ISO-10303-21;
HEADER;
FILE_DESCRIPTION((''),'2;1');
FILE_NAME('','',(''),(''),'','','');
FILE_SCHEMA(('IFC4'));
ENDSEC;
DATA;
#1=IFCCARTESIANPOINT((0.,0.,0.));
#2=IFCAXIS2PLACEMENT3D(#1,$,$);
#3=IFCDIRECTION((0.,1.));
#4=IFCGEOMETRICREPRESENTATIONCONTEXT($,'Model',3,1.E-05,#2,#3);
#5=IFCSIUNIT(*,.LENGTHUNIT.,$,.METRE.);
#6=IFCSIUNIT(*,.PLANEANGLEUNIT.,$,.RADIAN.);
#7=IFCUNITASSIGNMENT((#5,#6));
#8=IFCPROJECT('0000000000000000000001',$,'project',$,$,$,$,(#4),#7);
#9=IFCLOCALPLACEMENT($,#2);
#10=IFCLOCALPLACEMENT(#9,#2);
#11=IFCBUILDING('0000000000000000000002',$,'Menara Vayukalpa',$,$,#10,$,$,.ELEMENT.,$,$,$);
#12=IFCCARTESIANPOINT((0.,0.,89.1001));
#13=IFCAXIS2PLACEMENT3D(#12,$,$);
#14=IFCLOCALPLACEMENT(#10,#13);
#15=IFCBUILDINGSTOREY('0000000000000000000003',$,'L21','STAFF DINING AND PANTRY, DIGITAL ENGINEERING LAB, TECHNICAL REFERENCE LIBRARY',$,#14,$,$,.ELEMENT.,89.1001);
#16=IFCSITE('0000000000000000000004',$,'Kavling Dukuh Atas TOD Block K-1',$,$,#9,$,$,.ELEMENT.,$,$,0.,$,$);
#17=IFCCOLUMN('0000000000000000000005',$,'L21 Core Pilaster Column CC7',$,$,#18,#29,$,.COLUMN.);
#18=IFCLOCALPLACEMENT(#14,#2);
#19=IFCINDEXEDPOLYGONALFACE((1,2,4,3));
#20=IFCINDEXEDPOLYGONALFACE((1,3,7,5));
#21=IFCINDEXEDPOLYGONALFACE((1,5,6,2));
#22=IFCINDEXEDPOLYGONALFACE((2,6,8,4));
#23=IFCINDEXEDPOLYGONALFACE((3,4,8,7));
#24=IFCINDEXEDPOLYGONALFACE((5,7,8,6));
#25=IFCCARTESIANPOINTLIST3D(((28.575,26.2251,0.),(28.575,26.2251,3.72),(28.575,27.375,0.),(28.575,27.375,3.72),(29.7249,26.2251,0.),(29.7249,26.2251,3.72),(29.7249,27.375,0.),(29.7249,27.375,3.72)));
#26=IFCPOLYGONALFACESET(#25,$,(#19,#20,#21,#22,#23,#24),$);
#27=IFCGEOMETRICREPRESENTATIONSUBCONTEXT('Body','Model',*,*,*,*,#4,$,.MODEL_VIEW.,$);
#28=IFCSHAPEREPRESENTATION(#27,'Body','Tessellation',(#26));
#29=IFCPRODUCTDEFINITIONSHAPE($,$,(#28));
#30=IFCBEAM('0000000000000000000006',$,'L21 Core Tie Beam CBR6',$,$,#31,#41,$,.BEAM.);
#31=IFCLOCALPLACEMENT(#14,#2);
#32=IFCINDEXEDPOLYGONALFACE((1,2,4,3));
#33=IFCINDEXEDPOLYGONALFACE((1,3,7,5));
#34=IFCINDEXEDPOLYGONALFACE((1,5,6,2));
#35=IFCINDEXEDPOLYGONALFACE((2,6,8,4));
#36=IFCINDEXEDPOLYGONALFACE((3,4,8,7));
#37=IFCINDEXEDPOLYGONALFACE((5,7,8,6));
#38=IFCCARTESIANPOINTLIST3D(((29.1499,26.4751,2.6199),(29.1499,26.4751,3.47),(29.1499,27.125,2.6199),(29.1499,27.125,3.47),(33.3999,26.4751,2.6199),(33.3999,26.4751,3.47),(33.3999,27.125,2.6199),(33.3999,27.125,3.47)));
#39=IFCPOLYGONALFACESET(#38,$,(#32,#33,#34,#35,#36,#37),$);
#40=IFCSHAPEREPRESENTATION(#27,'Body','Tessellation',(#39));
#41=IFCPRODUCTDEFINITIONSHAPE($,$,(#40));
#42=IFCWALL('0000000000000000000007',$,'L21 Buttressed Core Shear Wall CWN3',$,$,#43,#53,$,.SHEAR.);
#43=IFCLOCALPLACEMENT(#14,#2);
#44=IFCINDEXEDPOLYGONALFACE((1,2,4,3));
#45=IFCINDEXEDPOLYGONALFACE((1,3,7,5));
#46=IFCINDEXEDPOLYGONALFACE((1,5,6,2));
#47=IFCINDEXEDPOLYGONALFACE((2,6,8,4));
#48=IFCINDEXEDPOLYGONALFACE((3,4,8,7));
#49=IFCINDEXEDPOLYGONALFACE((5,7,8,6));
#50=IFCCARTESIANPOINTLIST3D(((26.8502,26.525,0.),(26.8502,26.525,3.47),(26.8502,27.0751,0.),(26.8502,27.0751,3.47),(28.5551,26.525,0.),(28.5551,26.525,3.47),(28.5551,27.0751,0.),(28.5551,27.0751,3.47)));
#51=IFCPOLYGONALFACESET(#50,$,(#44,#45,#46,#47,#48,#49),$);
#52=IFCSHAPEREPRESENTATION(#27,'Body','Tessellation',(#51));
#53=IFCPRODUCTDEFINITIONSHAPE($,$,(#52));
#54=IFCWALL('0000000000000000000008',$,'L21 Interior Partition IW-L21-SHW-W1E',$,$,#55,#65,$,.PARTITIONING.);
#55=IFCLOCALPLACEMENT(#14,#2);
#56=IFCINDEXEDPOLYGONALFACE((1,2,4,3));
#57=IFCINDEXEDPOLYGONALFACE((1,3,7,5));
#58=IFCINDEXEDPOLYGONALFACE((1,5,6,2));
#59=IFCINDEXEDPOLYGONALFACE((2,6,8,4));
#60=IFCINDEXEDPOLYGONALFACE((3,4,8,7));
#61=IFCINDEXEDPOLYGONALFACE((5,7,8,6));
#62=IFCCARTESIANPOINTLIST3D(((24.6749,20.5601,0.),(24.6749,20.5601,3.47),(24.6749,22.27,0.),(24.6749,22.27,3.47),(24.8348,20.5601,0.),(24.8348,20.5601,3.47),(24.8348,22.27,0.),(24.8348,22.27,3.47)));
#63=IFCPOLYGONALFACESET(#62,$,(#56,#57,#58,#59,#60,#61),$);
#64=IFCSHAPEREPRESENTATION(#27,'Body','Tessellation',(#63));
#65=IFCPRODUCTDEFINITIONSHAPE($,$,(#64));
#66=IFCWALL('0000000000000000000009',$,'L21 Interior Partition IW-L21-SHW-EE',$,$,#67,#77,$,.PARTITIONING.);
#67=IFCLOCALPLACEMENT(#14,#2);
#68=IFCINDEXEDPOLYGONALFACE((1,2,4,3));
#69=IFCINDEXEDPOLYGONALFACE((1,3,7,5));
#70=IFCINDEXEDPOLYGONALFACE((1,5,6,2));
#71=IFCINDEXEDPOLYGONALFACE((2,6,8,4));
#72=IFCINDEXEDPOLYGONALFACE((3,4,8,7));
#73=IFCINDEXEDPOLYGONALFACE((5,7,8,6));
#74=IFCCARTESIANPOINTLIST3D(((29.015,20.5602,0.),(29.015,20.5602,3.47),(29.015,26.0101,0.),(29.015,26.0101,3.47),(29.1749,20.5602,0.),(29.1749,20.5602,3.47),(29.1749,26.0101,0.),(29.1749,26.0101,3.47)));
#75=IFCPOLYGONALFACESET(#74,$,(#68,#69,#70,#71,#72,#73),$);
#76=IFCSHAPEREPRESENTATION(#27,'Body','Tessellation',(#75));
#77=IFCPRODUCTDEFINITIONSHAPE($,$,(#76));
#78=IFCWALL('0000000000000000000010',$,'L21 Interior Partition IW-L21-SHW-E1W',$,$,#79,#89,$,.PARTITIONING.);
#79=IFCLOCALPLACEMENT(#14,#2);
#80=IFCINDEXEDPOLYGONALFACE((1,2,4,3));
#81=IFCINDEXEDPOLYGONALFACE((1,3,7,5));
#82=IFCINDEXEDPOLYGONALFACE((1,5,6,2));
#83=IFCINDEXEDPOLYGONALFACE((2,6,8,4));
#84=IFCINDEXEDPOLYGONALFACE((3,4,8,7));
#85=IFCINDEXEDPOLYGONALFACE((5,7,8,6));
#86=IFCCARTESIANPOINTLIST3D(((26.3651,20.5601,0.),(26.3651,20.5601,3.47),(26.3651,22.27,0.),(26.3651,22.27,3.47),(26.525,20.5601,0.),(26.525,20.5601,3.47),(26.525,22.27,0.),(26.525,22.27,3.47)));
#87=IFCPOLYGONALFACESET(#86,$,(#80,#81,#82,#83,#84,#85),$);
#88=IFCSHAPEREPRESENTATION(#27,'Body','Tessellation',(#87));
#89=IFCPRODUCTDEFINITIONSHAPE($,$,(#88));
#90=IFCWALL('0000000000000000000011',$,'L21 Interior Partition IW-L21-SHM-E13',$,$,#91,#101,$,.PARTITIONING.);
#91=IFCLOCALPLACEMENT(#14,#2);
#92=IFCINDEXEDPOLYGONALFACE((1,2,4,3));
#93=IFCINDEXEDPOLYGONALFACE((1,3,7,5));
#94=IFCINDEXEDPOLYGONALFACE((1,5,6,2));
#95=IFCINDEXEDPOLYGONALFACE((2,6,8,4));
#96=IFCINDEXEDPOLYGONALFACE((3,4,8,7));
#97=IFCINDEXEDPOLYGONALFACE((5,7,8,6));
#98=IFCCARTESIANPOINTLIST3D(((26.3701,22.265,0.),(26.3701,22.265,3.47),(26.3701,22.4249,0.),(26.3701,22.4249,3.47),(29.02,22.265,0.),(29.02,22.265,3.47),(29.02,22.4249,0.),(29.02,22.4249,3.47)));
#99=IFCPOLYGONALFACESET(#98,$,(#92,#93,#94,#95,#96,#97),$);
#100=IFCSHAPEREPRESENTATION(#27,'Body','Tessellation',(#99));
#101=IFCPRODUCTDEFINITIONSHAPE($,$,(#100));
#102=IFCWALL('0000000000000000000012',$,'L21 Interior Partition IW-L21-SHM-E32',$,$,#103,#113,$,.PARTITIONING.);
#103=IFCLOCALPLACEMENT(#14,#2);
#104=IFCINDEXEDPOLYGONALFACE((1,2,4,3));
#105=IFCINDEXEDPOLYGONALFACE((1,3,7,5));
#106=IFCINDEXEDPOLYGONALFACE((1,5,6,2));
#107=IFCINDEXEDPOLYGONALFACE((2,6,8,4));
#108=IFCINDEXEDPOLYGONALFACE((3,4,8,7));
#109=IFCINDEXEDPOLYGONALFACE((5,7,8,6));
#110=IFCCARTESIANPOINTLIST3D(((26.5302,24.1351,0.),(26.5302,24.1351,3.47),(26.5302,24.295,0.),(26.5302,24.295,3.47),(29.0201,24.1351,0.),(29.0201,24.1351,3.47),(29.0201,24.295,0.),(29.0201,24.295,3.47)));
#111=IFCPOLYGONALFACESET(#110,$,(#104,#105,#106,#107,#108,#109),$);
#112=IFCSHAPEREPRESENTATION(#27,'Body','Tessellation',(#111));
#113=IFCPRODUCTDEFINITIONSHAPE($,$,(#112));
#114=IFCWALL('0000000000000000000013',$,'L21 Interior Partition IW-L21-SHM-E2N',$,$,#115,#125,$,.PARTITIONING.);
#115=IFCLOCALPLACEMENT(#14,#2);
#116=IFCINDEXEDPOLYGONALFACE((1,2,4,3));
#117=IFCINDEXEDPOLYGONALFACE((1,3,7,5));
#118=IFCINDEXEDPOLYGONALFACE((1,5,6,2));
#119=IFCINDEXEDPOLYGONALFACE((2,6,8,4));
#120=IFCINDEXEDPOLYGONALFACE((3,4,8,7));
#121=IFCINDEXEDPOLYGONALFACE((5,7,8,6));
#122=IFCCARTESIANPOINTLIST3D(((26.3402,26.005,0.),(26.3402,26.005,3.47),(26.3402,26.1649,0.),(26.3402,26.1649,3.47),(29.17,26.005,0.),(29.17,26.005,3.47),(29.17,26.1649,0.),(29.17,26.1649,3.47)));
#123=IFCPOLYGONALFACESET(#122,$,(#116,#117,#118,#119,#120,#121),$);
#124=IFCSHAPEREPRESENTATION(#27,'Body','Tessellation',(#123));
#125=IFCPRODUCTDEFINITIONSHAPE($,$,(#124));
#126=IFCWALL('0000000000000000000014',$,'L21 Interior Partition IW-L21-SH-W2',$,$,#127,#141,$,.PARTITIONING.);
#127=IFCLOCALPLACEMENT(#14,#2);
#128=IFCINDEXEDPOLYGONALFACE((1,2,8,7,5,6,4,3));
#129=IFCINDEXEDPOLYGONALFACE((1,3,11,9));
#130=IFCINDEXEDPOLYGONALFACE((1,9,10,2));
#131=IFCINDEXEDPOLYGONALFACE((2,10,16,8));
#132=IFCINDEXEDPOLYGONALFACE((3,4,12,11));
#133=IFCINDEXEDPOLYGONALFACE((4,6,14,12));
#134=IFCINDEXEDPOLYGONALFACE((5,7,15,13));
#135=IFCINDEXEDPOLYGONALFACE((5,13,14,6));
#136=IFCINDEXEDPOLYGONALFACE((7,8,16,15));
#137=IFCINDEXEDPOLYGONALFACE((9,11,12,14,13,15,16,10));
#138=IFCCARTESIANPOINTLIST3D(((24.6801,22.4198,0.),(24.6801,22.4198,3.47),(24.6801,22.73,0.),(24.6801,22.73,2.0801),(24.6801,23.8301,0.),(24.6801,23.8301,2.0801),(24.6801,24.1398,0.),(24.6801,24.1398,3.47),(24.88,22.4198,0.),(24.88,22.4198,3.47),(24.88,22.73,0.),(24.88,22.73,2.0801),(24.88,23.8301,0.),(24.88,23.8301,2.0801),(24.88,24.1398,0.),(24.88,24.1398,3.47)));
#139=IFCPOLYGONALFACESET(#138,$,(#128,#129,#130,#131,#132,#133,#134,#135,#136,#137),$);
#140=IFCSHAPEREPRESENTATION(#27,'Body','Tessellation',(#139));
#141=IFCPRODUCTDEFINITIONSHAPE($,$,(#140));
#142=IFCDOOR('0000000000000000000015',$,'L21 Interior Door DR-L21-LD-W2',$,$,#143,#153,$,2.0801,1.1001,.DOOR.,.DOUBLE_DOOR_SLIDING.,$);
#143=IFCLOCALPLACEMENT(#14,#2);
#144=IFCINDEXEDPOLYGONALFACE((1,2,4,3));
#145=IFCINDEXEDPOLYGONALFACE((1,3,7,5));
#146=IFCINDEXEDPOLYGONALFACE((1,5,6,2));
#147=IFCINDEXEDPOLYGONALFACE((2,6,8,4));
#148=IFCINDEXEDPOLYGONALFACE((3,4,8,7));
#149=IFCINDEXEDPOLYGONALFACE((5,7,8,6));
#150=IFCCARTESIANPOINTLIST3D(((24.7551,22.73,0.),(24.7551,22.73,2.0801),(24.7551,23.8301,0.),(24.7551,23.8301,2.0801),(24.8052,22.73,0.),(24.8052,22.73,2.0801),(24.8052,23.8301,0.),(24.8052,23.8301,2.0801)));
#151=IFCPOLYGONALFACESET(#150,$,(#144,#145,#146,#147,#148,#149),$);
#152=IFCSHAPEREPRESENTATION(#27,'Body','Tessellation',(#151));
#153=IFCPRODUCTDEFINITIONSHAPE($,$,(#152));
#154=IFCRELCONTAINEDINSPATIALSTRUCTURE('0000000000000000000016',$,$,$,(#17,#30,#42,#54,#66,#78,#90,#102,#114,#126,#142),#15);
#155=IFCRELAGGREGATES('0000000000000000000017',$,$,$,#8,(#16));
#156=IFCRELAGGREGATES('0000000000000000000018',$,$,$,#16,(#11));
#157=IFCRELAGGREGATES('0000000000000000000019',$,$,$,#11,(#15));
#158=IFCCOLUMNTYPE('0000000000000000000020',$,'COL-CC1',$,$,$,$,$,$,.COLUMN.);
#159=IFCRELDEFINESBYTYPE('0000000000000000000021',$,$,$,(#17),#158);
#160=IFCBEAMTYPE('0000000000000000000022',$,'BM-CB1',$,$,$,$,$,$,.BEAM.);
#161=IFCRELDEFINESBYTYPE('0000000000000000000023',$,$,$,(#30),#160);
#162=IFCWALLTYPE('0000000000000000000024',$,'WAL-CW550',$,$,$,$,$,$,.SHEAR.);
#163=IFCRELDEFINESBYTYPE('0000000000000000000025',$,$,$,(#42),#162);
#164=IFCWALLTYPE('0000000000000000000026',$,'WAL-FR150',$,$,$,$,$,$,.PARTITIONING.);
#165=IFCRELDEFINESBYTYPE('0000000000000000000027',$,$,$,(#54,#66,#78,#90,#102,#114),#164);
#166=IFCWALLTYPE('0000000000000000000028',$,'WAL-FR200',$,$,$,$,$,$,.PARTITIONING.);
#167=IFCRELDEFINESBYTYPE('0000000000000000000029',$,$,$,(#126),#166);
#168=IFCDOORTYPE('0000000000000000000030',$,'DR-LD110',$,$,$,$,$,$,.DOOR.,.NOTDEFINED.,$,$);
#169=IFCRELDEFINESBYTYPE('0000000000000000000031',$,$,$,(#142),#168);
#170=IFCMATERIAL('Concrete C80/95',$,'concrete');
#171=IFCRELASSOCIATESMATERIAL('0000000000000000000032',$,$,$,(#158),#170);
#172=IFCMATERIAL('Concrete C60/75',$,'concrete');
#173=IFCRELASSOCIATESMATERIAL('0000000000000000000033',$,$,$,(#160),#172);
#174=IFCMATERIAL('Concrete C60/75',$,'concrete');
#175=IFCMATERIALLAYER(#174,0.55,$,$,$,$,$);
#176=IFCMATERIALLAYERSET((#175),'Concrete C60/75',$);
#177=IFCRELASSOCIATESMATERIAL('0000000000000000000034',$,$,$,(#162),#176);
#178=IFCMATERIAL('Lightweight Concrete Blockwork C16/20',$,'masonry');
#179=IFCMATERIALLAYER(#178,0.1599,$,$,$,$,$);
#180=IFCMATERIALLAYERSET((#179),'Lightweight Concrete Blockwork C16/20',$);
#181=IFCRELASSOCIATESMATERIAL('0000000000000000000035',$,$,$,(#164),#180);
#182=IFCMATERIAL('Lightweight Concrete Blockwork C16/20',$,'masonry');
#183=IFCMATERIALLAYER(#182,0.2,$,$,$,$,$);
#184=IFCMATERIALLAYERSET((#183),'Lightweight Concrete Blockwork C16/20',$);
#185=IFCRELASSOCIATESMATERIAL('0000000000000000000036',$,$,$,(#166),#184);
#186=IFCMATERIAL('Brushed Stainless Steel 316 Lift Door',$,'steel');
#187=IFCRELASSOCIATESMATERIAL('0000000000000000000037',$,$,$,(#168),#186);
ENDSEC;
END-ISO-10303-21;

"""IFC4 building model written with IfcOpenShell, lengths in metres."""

from ifc_helpers import new_model, si_unit, direction, frame, frame_2d, origin, origin_2d, place, context, subcontext, project, spatial, rectangle, extrude, material, layer, layer_set, material_profile, profile_set, type_object, element, fill, save


model = new_model("IFC4")

# Units and contexts
model_context = context("Model", 3, precision=1e-05, world=origin(), true_north=direction((0.0, 1.0)))
body_context = subcontext(model_context, "Body", "Model", "MODEL_VIEW")
ifc_project = project(units=[si_unit("LENGTHUNIT", "METRE"), si_unit("PLANEANGLEUNIT", "RADIAN")], contexts=[model_context])

# Site, building, storey
site_placement = place(None, origin())
site = spatial("IfcSite", under=ifc_project, at=site_placement, Name="Kavling Dukuh Atas TOD Block K-1", CompositionType="ELEMENT", RefElevation=0.0)
building_placement = place(site_placement, origin())
building = spatial("IfcBuilding", under=site, at=building_placement, Name="Menara Vayukalpa", CompositionType="ELEMENT")
storey_placement = place(building_placement, frame((0.0, 0.0, 89.1001)))
storey = spatial("IfcBuildingStorey", under=building, at=storey_placement, Name="L21", Description="STAFF DINING AND PANTRY, DIGITAL ENGINEERING LAB, TECHNICAL REFERENCE LIBRARY", CompositionType="ELEMENT", Elevation=89.1001)

# Column
ifc_material_1 = material(Name="Concrete C80/95", Category="concrete")
ifc_material_profile_1 = material_profile(ifc_material_1, rectangle(XDim=1.1499, YDim=1.1499, at=origin_2d()), Name="RC 1150x1150")
ifc_profile_set_1 = profile_set([ifc_material_profile_1], Name="Concrete C80/95")
column_type = type_object("IfcColumnType", Name="COL-CC1", PredefinedType="COLUMN", material=ifc_profile_set_1)
column_placement = place(storey_placement, frame((29.1499, 26.8, 0.0), z_axis=(0.0, 0.0, 1.0), x_axis=(1.0, 0.0, 0.0)))
element("IfcColumn", 1, at=column_placement, inside=storey, type_object=column_type, Name="L21 Core Pilaster Column CC7", PredefinedType="COLUMN", context=body_context, shape_type="SweptSolid", body=[
    extrude(rectangle(XDim=1.1499, YDim=1.1499, at=origin_2d()), origin(), (0.0, 0.0, 1.0), 3.72),
])

# Beam
ifc_material_2 = material(Name="Concrete C60/75", Category="concrete")
ifc_material_profile_2 = material_profile(ifc_material_2, rectangle(XDim=0.6499, YDim=0.8501, at=origin_2d()), Name="RC 650x850")
ifc_profile_set_2 = profile_set([ifc_material_profile_2], Name="Concrete C60/75")
beam_type = type_object("IfcBeamType", Name="BM-CB1", PredefinedType="BEAM", material=ifc_profile_set_2)
beam_placement = place(storey_placement, frame((29.1499, 26.8, 3.0449), z_axis=(1.0, 0.0, 0.0), x_axis=(0.0, 1.0, 0.0)))
element("IfcBeam", 2, at=beam_placement, inside=storey, type_object=beam_type, Name="L21 Core Tie Beam CBR6", PredefinedType="BEAM", context=body_context, shape_type="SweptSolid", body=[
    extrude(rectangle(XDim=0.6499, YDim=0.8501, at=origin_2d()), origin(), (0.0, 0.0, 1.0), 4.25),
])

# Walls
ifc_material_3 = material(Name="Concrete C60/75", Category="concrete")
ifc_layer_1 = layer(ifc_material_3, 0.55)
ifc_layer_set_1 = layer_set([ifc_layer_1], Name="Concrete C60/75")
wall_type_1 = type_object("IfcWallType", Name="WAL-CW550", PredefinedType="SHEAR", material=ifc_layer_set_1)
wall_1_placement = place(storey_placement, frame((26.8501, 26.8, 0.0), z_axis=(0.0, 0.0, 1.0), x_axis=(1.0, 0.0, 0.0)))
element("IfcWall", 3, at=wall_1_placement, inside=storey, type_object=wall_type_1, Name="L21 Buttressed Core Shear Wall CWN3", PredefinedType="SHEAR", context=body_context, shape_type="SweptSolid", body=[
    extrude(rectangle(XDim=1.7048, YDim=0.55, at=frame_2d((0.8525, 0.0))), origin(), (0.0, 0.0, 1.0), 3.47),
])
ifc_material_4 = material(Name="Lightweight Concrete Blockwork C16/20", Category="masonry")
ifc_layer_2 = layer(ifc_material_4, 0.1599)
ifc_layer_set_2 = layer_set([ifc_layer_2], Name="Lightweight Concrete Blockwork C16/20")
wall_type_2 = type_object("IfcWallType", Name="WAL-FR150", PredefinedType="PARTITIONING", material=ifc_layer_set_2)
wall_2_placement = place(storey_placement, frame((24.7549, 20.5601, 0.0), z_axis=(0.0, 0.0, 1.0), x_axis=(0.0, 1.0, 0.0)))
element("IfcWall", 4, at=wall_2_placement, inside=storey, type_object=wall_type_2, Name="L21 Interior Partition IW-L21-SHW-W1E", PredefinedType="PARTITIONING", context=body_context, shape_type="SweptSolid", body=[
    extrude(rectangle(XDim=1.71, YDim=0.1599, at=frame_2d((0.855, 0.0))), origin(), (0.0, 0.0, 1.0), 3.47),
])
wall_3_placement = place(storey_placement, frame((29.095, 20.5601, 0.0), z_axis=(0.0, 0.0, 1.0), x_axis=(0.0, 1.0, 0.0)))
element("IfcWall", 5, at=wall_3_placement, inside=storey, type_object=wall_type_2, Name="L21 Interior Partition IW-L21-SHW-EE", PredefinedType="PARTITIONING", context=body_context, shape_type="SweptSolid", body=[
    extrude(rectangle(XDim=5.45, YDim=0.1599, at=frame_2d((2.7251, 0.0))), origin(), (0.0, 0.0, 1.0), 3.47),
])
wall_4_placement = place(storey_placement, frame((26.4451, 20.5601, 0.0), z_axis=(0.0, 0.0, 1.0), x_axis=(0.0, 1.0, 0.0)))
element("IfcWall", 6, at=wall_4_placement, inside=storey, type_object=wall_type_2, Name="L21 Interior Partition IW-L21-SHW-E1W", PredefinedType="PARTITIONING", context=body_context, shape_type="SweptSolid", body=[
    extrude(rectangle(XDim=1.71, YDim=0.1599, at=frame_2d((0.855, 0.0))), origin(), (0.0, 0.0, 1.0), 3.47),
])
wall_5_placement = place(storey_placement, frame((26.3701, 22.345, 0.0), z_axis=(0.0, 0.0, 1.0), x_axis=(1.0, 0.0, 0.0)))
element("IfcWall", 7, at=wall_5_placement, inside=storey, type_object=wall_type_2, Name="L21 Interior Partition IW-L21-SHM-E13", PredefinedType="PARTITIONING", context=body_context, shape_type="SweptSolid", body=[
    extrude(rectangle(XDim=2.6499, YDim=0.1599, at=frame_2d((1.325, 0.0))), origin(), (0.0, 0.0, 1.0), 3.47),
])
wall_6_placement = place(storey_placement, frame((26.53, 24.2151, 0.0), z_axis=(0.0, 0.0, 1.0), x_axis=(1.0, 0.0, 0.0)))
element("IfcWall", 8, at=wall_6_placement, inside=storey, type_object=wall_type_2, Name="L21 Interior Partition IW-L21-SHM-E32", PredefinedType="PARTITIONING", context=body_context, shape_type="SweptSolid", body=[
    extrude(rectangle(XDim=2.49, YDim=0.1599, at=frame_2d((1.2451, 0.0))), origin(), (0.0, 0.0, 1.0), 3.47),
])
wall_7_placement = place(storey_placement, frame((26.3401, 26.085, 0.0), z_axis=(0.0, 0.0, 1.0), x_axis=(1.0, 0.0, 0.0)))
element("IfcWall", 9, at=wall_7_placement, inside=storey, type_object=wall_type_2, Name="L21 Interior Partition IW-L21-SHM-E2N", PredefinedType="PARTITIONING", context=body_context, shape_type="SweptSolid", body=[
    extrude(rectangle(XDim=2.8298, YDim=0.1599, at=frame_2d((1.415, 0.0))), origin(), (0.0, 0.0, 1.0), 3.47),
])

# Wall, opening, door
ifc_material_5 = material(Name="Lightweight Concrete Blockwork C16/20", Category="masonry")
ifc_layer_3 = layer(ifc_material_5, 0.2)
ifc_layer_set_3 = layer_set([ifc_layer_3], Name="Lightweight Concrete Blockwork C16/20")
wall_type_3 = type_object("IfcWallType", Name="WAL-FR200", PredefinedType="PARTITIONING", material=ifc_layer_set_3)
wall_8_placement = place(storey_placement, frame((24.78, 22.4199, 0.0), z_axis=(0.0, 0.0, 1.0), x_axis=(0.0, 1.0, 0.0)))
wall_8 = element("IfcWall", 10, at=wall_8_placement, inside=storey, type_object=wall_type_3, Name="L21 Interior Partition IW-L21-SH-W2", PredefinedType="PARTITIONING", context=body_context, shape_type="SweptSolid", body=[
    extrude(rectangle(XDim=1.72, YDim=0.2, at=frame_2d((0.8599, 0.0))), origin(), (0.0, 0.0, 1.0), 3.47),
])
opening_1_placement = place(wall_8_placement, frame((0.3101, 0.0, 0.0)))
opening_1 = element("IfcOpeningElement", 11, at=opening_1_placement, cuts=wall_8, PredefinedType="OPENING", context=body_context, shape_type="SweptSolid", body=[
    extrude(rectangle(XDim=1.1001, YDim=2.0801, at=frame_2d((0.55, 1.04))), frame((0.0, 0.1099, 0.0), z_axis=(0.0, -1.0, 0.0), x_axis=(1.0, 0.0, 0.0)), (0.0, 0.0, 1.0), 0.22),
])
ifc_material_6 = material(Name="Brushed Stainless Steel 316 Lift Door", Category="steel")
door_type = type_object("IfcDoorType", Name="DR-LD110", OperationType="NOTDEFINED", PredefinedType="DOOR", material=ifc_material_6)
door_1_placement = place(opening_1_placement, origin())
door_1 = element("IfcDoor", 12, at=door_1_placement, inside=storey, type_object=door_type, Name="L21 Interior Door DR-L21-LD-W2", OperationType="DOUBLE_DOOR_SLIDING", OverallHeight=2.0801, OverallWidth=1.1001, PredefinedType="DOOR", context=body_context, shape_type="SweptSolid", body=[
    extrude(rectangle(XDim=1.1001, YDim=2.0801, at=frame_2d((0.55, 1.04))), frame((0.0, 0.0249, 0.0), z_axis=(0.0, -1.0, 0.0), x_axis=(1.0, 0.0, 0.0)), (0.0, 0.0, 1.0), 0.05),
])
fill(opening_1, door_1)

save(model, "model.ifc")
